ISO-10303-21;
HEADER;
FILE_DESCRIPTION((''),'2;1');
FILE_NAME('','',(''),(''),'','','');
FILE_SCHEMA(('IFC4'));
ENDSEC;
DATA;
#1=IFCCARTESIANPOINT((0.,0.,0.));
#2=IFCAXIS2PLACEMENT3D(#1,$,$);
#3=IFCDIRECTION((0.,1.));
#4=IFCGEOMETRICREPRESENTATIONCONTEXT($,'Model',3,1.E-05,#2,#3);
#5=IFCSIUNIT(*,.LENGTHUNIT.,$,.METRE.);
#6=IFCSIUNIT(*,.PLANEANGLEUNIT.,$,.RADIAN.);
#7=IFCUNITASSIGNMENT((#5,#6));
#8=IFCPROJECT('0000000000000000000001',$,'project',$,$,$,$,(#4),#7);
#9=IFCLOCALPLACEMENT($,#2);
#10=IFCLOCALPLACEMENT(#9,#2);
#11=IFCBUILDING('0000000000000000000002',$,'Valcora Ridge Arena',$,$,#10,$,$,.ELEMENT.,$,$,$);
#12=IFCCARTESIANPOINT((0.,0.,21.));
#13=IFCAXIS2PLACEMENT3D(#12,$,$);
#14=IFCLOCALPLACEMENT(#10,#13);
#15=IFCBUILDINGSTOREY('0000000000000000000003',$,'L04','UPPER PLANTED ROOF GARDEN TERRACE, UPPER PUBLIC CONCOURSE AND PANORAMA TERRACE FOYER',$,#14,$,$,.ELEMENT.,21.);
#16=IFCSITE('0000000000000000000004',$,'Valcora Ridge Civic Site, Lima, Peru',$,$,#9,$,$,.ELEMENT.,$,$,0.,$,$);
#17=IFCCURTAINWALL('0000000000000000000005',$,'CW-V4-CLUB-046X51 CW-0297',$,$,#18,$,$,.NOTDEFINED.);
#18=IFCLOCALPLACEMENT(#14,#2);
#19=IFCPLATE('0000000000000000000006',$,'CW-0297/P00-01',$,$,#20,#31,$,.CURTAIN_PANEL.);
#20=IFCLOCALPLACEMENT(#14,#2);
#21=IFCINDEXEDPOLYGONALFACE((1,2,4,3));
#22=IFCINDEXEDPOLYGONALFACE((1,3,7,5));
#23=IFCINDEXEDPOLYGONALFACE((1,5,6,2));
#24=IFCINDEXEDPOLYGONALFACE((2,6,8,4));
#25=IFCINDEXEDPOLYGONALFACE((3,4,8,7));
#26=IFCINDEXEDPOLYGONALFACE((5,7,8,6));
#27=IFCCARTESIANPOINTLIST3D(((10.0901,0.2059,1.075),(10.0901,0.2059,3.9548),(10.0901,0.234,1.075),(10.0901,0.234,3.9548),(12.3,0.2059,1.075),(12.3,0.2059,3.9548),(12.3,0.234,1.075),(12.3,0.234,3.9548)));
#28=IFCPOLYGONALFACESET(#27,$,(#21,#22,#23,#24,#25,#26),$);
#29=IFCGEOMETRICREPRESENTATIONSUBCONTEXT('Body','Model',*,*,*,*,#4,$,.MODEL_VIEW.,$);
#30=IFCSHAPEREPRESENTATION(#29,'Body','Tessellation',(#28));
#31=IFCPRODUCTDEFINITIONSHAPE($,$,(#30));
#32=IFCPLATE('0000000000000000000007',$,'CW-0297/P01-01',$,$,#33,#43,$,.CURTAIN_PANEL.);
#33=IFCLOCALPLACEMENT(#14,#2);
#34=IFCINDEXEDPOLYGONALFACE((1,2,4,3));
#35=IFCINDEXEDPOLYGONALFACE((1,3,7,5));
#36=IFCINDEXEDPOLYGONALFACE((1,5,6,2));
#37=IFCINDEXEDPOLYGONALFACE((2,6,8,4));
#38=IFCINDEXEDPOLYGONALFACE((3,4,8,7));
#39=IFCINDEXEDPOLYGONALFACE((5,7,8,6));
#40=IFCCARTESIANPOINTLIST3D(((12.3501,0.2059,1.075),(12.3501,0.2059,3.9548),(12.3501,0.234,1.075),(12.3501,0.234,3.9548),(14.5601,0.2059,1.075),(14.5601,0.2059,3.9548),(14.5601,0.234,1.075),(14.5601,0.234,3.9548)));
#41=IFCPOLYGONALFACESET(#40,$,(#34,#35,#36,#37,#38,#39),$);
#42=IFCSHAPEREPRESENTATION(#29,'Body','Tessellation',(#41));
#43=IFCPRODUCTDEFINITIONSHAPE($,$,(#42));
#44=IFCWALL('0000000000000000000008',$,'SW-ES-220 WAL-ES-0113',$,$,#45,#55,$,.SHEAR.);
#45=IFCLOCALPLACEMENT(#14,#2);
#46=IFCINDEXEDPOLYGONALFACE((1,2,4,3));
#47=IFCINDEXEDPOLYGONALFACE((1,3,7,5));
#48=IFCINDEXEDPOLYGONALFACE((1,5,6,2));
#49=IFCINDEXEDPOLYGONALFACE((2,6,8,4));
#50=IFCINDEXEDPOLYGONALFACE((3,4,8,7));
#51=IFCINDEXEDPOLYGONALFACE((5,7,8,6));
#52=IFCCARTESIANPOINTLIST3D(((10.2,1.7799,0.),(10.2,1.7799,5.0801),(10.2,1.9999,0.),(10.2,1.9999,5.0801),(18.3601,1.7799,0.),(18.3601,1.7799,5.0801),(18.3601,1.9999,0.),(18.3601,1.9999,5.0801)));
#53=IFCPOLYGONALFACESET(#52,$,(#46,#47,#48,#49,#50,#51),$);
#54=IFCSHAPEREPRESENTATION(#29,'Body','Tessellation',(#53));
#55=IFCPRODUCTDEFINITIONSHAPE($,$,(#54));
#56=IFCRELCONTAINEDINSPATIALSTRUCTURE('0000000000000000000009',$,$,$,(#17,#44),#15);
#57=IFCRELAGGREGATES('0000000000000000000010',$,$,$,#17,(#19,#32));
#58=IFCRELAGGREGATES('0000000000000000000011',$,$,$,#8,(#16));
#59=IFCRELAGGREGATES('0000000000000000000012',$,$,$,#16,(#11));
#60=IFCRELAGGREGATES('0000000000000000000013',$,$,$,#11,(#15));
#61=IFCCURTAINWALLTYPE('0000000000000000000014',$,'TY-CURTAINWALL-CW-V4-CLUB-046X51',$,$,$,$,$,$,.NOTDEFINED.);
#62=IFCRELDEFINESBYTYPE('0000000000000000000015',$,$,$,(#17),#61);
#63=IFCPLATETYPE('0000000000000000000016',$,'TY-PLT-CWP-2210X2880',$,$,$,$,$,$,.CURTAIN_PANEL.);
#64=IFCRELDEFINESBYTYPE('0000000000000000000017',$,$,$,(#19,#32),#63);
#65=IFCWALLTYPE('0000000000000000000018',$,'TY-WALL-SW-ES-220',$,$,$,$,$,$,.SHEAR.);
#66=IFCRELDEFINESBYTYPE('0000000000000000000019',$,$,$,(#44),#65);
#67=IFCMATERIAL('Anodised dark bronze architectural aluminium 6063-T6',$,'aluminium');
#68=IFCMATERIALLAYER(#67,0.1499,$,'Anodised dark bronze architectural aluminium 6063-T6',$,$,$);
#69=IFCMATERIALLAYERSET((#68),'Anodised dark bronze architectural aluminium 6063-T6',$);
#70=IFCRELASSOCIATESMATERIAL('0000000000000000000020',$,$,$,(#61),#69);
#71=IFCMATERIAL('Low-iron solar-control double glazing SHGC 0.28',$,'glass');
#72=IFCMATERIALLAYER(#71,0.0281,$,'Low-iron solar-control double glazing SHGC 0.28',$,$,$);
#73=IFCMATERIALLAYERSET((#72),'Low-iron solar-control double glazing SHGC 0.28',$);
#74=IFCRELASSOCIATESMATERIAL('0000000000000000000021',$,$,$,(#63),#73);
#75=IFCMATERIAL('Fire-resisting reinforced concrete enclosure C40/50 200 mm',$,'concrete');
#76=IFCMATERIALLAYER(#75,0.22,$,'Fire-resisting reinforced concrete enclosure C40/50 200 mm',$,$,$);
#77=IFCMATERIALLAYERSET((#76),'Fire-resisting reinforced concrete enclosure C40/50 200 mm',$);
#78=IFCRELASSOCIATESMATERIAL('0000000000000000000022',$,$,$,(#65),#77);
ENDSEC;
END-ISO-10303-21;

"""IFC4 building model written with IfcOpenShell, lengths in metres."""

from ifc_helpers import new_model, si_unit, direction, frame, frame_2d, origin, origin_2d, place, context, subcontext, project, spatial, rectangle, extrude, material, layer, layer_set, type_object, element, aggregate, save


model = new_model("IFC4")

# Units and contexts
model_context = context("Model", 3, precision=1e-05, world=origin(), true_north=direction((0.0, 1.0)))
body_context = subcontext(model_context, "Body", "Model", "MODEL_VIEW")
ifc_project = project(units=[si_unit("LENGTHUNIT", "METRE"), si_unit("PLANEANGLEUNIT", "RADIAN")], contexts=[model_context])

# Site, building, storey
site_placement = place(None, origin())
site = spatial("IfcSite", under=ifc_project, at=site_placement, Name="Valcora Ridge Civic Site, Lima, Peru", CompositionType="ELEMENT", RefElevation=0.0)
building_placement = place(site_placement, origin())
building = spatial("IfcBuilding", under=site, at=building_placement, Name="Valcora Ridge Arena", CompositionType="ELEMENT")
storey_placement = place(building_placement, frame((0.0, 0.0, 21.0)))
storey = spatial("IfcBuildingStorey", under=building, at=storey_placement, Name="L04", Description="UPPER PLANTED ROOF GARDEN TERRACE, UPPER PUBLIC CONCOURSE AND PANORAMA TERRACE FOYER", CompositionType="ELEMENT", Elevation=21.0)

# Curtain wall, plates
ifc_material_1 = material(Name="Anodised dark bronze architectural aluminium 6063-T6", Category="aluminium")
ifc_layer_1 = layer(ifc_material_1, 0.1499, Name="Anodised dark bronze architectural aluminium 6063-T6")
ifc_layer_set_1 = layer_set([ifc_layer_1], Name="Anodised dark bronze architectural aluminium 6063-T6")
curtain_wall_type = type_object("IfcCurtainWallType", Name="TY-CURTAINWALL-CW-V4-CLUB-046X51", PredefinedType="NOTDEFINED", material=ifc_layer_set_1)
curtain_wall_placement = place(storey_placement, origin())
curtain_wall = element("IfcCurtainWall", 1, at=curtain_wall_placement, inside=storey, type_object=curtain_wall_type, Name="CW-V4-CLUB-046X51 CW-0297", PredefinedType="NOTDEFINED")
ifc_material_2 = material(Name="Low-iron solar-control double glazing SHGC 0.28", Category="glass")
ifc_layer_2 = layer(ifc_material_2, 0.0281, Name="Low-iron solar-control double glazing SHGC 0.28")
ifc_layer_set_2 = layer_set([ifc_layer_2], Name="Low-iron solar-control double glazing SHGC 0.28")
plate_type_1 = type_object("IfcPlateType", Name="TY-PLT-CWP-2210X2880", PredefinedType="CURTAIN_PANEL", material=ifc_layer_set_2)
plate_1_placement = place(storey_placement, frame((11.1951, 0.22, 1.075), z_axis=(0.0, 0.0, 1.0), x_axis=(1.0, 0.0, 0.0)))
plate_1 = element("IfcPlate", 2, at=plate_1_placement, type_object=plate_type_1, Name="CW-0297/P00-01", PredefinedType="CURTAIN_PANEL", context=body_context, shape_type="SweptSolid", body=[
    extrude(rectangle(XDim=2.21, YDim=0.0281, at=origin_2d()), origin(), (0.0, 0.0, 1.0), 2.8799),
])
plate_2_placement = place(storey_placement, frame((13.4551, 0.22, 1.075), z_axis=(0.0, 0.0, 1.0), x_axis=(1.0, 0.0, 0.0)))
plate_2 = element("IfcPlate", 3, at=plate_2_placement, type_object=plate_type_1, Name="CW-0297/P01-01", PredefinedType="CURTAIN_PANEL", context=body_context, shape_type="SweptSolid", body=[
    extrude(rectangle(XDim=2.21, YDim=0.0281, at=origin_2d()), origin(), (0.0, 0.0, 1.0), 2.8799),
])
aggregate(curtain_wall, [plate_1, plate_2])

# Wall
ifc_material_3 = material(Name="Fire-resisting reinforced concrete enclosure C40/50 200 mm", Category="concrete")
ifc_layer_3 = layer(ifc_material_3, 0.22, Name="Fire-resisting reinforced concrete enclosure C40/50 200 mm")
ifc_layer_set_3 = layer_set([ifc_layer_3], Name="Fire-resisting reinforced concrete enclosure C40/50 200 mm")
wall_type = type_object("IfcWallType", Name="TY-WALL-SW-ES-220", PredefinedType="SHEAR", material=ifc_layer_set_3)
wall_placement = place(storey_placement, frame((10.2, 1.8899, 0.0), z_axis=(0.0, 0.0, 1.0), x_axis=(1.0, 0.0, 0.0)))
element("IfcWall", 4, at=wall_placement, inside=storey, type_object=wall_type, Name="SW-ES-220 WAL-ES-0113", PredefinedType="SHEAR", context=body_context, shape_type="SweptSolid", body=[
    extrude(rectangle(XDim=8.1602, YDim=0.22, at=frame_2d((4.0801, 0.0))), origin(), (0.0, 0.0, 1.0), 5.0801),
])

save(model, "model.ifc")
